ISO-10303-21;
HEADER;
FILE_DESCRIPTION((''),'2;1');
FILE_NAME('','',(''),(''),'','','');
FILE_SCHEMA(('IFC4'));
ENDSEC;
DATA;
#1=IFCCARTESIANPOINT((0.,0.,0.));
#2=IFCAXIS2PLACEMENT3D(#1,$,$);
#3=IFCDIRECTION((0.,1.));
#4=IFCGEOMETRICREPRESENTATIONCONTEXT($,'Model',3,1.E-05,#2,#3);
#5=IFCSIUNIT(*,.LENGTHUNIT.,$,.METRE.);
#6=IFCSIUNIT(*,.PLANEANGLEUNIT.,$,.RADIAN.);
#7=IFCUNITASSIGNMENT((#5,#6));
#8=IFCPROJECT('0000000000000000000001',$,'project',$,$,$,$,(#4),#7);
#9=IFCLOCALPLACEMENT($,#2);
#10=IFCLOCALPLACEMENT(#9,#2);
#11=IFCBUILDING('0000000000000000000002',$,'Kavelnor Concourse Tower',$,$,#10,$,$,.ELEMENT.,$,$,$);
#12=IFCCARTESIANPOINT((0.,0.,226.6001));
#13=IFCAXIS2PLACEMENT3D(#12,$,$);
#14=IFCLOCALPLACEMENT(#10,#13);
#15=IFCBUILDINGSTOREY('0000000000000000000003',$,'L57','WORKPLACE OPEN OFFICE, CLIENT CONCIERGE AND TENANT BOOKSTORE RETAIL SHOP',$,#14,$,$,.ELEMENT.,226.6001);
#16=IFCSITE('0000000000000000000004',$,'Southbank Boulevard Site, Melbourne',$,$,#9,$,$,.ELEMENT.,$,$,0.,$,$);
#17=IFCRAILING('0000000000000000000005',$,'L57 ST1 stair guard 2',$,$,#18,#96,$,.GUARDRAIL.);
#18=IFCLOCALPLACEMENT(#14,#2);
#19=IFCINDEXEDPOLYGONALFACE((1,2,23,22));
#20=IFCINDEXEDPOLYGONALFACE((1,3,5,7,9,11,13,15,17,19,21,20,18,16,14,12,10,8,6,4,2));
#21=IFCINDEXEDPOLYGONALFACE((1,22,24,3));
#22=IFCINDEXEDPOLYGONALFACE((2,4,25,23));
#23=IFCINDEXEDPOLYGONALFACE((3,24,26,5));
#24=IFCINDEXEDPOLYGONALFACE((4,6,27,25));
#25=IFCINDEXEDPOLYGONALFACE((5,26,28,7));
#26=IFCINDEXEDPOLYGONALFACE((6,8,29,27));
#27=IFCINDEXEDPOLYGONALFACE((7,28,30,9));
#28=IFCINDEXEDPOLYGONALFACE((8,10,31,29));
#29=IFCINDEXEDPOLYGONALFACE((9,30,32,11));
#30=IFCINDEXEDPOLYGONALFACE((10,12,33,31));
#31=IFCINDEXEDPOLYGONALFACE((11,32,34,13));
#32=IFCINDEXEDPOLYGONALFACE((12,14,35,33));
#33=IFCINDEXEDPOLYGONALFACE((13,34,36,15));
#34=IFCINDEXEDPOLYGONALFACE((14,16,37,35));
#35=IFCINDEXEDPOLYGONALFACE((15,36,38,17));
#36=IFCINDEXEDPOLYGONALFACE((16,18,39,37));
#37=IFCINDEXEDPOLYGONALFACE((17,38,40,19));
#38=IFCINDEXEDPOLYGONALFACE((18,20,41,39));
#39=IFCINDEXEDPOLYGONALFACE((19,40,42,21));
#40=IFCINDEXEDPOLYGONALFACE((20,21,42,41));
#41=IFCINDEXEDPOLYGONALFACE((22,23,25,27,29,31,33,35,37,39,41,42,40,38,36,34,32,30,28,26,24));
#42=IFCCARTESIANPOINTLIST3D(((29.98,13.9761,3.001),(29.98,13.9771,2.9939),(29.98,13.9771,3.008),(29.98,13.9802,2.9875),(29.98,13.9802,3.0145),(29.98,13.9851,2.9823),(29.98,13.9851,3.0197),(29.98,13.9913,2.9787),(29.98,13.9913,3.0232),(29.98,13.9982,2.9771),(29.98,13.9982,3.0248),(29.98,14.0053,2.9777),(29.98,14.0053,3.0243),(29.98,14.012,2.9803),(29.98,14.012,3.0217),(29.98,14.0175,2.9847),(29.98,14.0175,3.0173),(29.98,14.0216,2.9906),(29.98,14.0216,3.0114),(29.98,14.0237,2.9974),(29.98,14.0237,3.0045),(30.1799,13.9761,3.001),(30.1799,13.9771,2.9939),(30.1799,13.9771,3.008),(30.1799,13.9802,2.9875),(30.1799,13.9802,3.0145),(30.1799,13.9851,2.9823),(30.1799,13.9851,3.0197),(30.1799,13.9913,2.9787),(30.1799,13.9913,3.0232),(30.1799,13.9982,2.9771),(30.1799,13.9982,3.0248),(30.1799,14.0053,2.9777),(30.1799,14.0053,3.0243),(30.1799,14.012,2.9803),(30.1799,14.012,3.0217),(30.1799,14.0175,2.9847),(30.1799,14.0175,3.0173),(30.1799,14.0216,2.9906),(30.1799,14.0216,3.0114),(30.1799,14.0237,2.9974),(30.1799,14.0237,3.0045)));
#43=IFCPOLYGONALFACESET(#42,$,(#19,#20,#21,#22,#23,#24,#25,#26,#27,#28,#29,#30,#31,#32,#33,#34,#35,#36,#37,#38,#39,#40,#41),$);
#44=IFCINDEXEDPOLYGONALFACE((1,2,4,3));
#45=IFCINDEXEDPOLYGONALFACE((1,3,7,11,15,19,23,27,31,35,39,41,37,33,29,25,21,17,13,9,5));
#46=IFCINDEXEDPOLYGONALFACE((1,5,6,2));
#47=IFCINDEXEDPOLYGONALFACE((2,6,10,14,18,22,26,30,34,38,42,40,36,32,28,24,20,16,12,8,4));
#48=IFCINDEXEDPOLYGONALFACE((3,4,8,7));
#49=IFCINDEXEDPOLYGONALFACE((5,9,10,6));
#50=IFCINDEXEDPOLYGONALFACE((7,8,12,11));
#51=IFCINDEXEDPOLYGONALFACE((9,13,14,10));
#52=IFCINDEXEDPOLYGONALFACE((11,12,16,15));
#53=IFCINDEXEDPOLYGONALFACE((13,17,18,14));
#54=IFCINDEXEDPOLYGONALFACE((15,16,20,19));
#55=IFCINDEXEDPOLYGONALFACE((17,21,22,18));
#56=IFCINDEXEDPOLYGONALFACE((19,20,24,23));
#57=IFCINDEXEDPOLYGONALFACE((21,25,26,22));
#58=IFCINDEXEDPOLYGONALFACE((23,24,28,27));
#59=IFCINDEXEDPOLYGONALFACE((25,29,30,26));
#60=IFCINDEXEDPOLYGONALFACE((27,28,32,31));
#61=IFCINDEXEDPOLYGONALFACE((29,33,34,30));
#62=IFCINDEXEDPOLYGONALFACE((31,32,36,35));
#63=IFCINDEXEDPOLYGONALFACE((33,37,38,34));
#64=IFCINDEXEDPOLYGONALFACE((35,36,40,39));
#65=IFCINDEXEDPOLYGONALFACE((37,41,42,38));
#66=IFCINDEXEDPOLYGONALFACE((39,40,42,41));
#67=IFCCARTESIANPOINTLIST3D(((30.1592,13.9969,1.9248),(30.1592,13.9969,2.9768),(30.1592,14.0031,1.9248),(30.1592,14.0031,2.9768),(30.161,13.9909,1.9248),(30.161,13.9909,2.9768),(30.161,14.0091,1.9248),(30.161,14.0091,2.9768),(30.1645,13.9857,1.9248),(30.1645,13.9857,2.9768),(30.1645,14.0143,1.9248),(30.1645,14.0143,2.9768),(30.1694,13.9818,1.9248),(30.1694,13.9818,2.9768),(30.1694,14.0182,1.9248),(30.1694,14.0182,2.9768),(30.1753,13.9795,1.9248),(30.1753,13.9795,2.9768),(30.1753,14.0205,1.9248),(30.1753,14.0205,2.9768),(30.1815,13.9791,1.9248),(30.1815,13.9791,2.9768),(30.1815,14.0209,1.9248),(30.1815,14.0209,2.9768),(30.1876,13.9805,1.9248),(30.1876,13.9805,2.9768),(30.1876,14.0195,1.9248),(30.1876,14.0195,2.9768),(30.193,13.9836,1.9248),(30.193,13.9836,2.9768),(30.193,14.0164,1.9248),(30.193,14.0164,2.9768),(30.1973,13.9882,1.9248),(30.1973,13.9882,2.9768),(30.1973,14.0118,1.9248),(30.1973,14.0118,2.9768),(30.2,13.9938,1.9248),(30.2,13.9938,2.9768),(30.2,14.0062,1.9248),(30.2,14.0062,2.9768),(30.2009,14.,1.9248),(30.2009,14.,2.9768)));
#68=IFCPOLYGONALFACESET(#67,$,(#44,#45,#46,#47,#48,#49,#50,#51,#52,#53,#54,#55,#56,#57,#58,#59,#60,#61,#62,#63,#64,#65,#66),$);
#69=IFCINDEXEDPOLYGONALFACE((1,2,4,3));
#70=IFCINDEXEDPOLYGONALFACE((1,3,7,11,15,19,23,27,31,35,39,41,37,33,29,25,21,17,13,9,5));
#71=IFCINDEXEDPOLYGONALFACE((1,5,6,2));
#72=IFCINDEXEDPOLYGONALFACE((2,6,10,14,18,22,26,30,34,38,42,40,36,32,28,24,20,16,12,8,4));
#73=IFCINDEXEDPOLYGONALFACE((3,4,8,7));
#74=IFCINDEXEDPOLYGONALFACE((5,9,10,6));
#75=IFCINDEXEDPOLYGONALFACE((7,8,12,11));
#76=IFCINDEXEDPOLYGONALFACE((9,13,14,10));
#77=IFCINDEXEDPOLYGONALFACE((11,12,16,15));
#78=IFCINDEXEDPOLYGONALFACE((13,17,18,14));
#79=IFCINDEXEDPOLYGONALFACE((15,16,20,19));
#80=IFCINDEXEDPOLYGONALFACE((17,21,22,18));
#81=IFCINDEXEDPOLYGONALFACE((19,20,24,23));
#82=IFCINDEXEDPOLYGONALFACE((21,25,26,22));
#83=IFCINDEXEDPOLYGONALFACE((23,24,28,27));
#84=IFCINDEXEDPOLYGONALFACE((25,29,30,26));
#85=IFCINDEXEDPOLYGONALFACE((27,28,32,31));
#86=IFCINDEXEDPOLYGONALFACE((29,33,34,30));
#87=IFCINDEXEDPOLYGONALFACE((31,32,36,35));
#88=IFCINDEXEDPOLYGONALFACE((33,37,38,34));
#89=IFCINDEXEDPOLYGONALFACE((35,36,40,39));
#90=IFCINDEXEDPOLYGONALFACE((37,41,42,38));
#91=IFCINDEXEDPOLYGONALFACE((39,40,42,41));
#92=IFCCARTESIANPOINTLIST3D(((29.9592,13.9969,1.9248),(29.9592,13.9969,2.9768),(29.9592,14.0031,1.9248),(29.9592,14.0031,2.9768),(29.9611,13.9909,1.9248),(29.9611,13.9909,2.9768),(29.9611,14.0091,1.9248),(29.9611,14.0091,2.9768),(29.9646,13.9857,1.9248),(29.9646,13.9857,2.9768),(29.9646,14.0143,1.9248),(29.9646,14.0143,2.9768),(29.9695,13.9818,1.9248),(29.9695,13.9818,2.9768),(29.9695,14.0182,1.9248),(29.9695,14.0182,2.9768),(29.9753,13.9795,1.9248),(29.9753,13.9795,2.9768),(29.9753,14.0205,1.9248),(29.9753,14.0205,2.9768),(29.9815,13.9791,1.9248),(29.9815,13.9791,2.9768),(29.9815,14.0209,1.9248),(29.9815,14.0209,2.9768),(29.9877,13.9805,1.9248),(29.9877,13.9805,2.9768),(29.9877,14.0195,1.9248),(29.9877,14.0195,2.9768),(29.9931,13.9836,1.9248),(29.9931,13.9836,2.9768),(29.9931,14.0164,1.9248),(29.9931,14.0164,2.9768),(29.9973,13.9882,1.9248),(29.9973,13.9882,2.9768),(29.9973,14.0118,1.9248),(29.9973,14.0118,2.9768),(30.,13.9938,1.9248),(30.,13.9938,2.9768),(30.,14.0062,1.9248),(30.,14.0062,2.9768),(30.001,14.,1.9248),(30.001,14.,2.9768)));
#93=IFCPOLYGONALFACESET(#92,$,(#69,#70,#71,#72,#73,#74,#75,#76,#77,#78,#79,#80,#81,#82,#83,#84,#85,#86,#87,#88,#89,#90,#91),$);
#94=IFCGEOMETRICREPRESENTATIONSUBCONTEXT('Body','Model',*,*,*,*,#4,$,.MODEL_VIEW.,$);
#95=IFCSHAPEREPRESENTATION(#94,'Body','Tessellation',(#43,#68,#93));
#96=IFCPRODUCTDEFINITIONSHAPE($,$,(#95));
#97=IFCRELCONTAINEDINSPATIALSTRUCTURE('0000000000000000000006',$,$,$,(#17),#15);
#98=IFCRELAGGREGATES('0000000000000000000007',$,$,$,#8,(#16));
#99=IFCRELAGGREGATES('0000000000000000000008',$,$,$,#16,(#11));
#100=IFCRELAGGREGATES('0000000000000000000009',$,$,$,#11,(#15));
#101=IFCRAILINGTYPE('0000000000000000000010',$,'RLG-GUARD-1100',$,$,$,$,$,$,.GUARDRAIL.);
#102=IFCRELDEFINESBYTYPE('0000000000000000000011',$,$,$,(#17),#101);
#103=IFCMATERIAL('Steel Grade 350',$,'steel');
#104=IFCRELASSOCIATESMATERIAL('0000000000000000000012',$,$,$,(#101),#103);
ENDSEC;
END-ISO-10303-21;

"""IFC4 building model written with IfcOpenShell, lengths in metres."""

from ifc_helpers import new_model, si_unit, direction, frame, origin, origin_2d, place, context, subcontext, project, spatial, circle, extrude, material, type_object, element, save


model = new_model("IFC4")

# Units and contexts
model_context = context("Model", 3, precision=1e-05, world=origin(), true_north=direction((0.0, 1.0)))
body_context = subcontext(model_context, "Body", "Model", "MODEL_VIEW")
ifc_project = project(units=[si_unit("LENGTHUNIT", "METRE"), si_unit("PLANEANGLEUNIT", "RADIAN")], contexts=[model_context])

# Site, building, storey
site_placement = place(None, origin())
site = spatial("IfcSite", under=ifc_project, at=site_placement, Name="Southbank Boulevard Site, Melbourne", CompositionType="ELEMENT", RefElevation=0.0)
building_placement = place(site_placement, origin())
building = spatial("IfcBuilding", under=site, at=building_placement, Name="Kavelnor Concourse Tower", CompositionType="ELEMENT")
storey_placement = place(building_placement, frame((0.0, 0.0, 226.6001)))
storey = spatial("IfcBuildingStorey", under=building, at=storey_placement, Name="L57", Description="WORKPLACE OPEN OFFICE, CLIENT CONCIERGE AND TENANT BOOKSTORE RETAIL SHOP", CompositionType="ELEMENT", Elevation=226.6001)

# Shared definitions
ifc_material_1 = material(Name="Steel Grade 350", Category="steel")

# Railing
railing_type_1 = type_object("IfcRailingType", Name="RLG-GUARD-1100", PredefinedType="GUARDRAIL", material=ifc_material_1)
railing_1_placement = place(storey_placement, frame((30.1799, 14.0, 1.9248)))
element("IfcRailing", 1, at=railing_1_placement, inside=storey, type_object=railing_type_1, Name="L57 ST1 stair guard 2", PredefinedType="GUARDRAIL", context=body_context, shape_type="SweptSolid", body=[
    extrude(circle(Radius=0.0239, at=origin_2d()), frame((0.0, 0.0, 1.0762), z_axis=(-1.0, 0.0, 0.0), x_axis=(0.0, -1.0, 0.0)), (0.0, 0.0, 1.0), 0.2),
    extrude(circle(Radius=0.021, at=origin_2d()), origin(), (0.0, 0.0, 1.0), 1.052),
    extrude(circle(Radius=0.021, at=origin_2d()), frame((-0.2, 0.0, 0.0)), (0.0, 0.0, 1.0), 1.052),
])

save(model, "model.ifc")
